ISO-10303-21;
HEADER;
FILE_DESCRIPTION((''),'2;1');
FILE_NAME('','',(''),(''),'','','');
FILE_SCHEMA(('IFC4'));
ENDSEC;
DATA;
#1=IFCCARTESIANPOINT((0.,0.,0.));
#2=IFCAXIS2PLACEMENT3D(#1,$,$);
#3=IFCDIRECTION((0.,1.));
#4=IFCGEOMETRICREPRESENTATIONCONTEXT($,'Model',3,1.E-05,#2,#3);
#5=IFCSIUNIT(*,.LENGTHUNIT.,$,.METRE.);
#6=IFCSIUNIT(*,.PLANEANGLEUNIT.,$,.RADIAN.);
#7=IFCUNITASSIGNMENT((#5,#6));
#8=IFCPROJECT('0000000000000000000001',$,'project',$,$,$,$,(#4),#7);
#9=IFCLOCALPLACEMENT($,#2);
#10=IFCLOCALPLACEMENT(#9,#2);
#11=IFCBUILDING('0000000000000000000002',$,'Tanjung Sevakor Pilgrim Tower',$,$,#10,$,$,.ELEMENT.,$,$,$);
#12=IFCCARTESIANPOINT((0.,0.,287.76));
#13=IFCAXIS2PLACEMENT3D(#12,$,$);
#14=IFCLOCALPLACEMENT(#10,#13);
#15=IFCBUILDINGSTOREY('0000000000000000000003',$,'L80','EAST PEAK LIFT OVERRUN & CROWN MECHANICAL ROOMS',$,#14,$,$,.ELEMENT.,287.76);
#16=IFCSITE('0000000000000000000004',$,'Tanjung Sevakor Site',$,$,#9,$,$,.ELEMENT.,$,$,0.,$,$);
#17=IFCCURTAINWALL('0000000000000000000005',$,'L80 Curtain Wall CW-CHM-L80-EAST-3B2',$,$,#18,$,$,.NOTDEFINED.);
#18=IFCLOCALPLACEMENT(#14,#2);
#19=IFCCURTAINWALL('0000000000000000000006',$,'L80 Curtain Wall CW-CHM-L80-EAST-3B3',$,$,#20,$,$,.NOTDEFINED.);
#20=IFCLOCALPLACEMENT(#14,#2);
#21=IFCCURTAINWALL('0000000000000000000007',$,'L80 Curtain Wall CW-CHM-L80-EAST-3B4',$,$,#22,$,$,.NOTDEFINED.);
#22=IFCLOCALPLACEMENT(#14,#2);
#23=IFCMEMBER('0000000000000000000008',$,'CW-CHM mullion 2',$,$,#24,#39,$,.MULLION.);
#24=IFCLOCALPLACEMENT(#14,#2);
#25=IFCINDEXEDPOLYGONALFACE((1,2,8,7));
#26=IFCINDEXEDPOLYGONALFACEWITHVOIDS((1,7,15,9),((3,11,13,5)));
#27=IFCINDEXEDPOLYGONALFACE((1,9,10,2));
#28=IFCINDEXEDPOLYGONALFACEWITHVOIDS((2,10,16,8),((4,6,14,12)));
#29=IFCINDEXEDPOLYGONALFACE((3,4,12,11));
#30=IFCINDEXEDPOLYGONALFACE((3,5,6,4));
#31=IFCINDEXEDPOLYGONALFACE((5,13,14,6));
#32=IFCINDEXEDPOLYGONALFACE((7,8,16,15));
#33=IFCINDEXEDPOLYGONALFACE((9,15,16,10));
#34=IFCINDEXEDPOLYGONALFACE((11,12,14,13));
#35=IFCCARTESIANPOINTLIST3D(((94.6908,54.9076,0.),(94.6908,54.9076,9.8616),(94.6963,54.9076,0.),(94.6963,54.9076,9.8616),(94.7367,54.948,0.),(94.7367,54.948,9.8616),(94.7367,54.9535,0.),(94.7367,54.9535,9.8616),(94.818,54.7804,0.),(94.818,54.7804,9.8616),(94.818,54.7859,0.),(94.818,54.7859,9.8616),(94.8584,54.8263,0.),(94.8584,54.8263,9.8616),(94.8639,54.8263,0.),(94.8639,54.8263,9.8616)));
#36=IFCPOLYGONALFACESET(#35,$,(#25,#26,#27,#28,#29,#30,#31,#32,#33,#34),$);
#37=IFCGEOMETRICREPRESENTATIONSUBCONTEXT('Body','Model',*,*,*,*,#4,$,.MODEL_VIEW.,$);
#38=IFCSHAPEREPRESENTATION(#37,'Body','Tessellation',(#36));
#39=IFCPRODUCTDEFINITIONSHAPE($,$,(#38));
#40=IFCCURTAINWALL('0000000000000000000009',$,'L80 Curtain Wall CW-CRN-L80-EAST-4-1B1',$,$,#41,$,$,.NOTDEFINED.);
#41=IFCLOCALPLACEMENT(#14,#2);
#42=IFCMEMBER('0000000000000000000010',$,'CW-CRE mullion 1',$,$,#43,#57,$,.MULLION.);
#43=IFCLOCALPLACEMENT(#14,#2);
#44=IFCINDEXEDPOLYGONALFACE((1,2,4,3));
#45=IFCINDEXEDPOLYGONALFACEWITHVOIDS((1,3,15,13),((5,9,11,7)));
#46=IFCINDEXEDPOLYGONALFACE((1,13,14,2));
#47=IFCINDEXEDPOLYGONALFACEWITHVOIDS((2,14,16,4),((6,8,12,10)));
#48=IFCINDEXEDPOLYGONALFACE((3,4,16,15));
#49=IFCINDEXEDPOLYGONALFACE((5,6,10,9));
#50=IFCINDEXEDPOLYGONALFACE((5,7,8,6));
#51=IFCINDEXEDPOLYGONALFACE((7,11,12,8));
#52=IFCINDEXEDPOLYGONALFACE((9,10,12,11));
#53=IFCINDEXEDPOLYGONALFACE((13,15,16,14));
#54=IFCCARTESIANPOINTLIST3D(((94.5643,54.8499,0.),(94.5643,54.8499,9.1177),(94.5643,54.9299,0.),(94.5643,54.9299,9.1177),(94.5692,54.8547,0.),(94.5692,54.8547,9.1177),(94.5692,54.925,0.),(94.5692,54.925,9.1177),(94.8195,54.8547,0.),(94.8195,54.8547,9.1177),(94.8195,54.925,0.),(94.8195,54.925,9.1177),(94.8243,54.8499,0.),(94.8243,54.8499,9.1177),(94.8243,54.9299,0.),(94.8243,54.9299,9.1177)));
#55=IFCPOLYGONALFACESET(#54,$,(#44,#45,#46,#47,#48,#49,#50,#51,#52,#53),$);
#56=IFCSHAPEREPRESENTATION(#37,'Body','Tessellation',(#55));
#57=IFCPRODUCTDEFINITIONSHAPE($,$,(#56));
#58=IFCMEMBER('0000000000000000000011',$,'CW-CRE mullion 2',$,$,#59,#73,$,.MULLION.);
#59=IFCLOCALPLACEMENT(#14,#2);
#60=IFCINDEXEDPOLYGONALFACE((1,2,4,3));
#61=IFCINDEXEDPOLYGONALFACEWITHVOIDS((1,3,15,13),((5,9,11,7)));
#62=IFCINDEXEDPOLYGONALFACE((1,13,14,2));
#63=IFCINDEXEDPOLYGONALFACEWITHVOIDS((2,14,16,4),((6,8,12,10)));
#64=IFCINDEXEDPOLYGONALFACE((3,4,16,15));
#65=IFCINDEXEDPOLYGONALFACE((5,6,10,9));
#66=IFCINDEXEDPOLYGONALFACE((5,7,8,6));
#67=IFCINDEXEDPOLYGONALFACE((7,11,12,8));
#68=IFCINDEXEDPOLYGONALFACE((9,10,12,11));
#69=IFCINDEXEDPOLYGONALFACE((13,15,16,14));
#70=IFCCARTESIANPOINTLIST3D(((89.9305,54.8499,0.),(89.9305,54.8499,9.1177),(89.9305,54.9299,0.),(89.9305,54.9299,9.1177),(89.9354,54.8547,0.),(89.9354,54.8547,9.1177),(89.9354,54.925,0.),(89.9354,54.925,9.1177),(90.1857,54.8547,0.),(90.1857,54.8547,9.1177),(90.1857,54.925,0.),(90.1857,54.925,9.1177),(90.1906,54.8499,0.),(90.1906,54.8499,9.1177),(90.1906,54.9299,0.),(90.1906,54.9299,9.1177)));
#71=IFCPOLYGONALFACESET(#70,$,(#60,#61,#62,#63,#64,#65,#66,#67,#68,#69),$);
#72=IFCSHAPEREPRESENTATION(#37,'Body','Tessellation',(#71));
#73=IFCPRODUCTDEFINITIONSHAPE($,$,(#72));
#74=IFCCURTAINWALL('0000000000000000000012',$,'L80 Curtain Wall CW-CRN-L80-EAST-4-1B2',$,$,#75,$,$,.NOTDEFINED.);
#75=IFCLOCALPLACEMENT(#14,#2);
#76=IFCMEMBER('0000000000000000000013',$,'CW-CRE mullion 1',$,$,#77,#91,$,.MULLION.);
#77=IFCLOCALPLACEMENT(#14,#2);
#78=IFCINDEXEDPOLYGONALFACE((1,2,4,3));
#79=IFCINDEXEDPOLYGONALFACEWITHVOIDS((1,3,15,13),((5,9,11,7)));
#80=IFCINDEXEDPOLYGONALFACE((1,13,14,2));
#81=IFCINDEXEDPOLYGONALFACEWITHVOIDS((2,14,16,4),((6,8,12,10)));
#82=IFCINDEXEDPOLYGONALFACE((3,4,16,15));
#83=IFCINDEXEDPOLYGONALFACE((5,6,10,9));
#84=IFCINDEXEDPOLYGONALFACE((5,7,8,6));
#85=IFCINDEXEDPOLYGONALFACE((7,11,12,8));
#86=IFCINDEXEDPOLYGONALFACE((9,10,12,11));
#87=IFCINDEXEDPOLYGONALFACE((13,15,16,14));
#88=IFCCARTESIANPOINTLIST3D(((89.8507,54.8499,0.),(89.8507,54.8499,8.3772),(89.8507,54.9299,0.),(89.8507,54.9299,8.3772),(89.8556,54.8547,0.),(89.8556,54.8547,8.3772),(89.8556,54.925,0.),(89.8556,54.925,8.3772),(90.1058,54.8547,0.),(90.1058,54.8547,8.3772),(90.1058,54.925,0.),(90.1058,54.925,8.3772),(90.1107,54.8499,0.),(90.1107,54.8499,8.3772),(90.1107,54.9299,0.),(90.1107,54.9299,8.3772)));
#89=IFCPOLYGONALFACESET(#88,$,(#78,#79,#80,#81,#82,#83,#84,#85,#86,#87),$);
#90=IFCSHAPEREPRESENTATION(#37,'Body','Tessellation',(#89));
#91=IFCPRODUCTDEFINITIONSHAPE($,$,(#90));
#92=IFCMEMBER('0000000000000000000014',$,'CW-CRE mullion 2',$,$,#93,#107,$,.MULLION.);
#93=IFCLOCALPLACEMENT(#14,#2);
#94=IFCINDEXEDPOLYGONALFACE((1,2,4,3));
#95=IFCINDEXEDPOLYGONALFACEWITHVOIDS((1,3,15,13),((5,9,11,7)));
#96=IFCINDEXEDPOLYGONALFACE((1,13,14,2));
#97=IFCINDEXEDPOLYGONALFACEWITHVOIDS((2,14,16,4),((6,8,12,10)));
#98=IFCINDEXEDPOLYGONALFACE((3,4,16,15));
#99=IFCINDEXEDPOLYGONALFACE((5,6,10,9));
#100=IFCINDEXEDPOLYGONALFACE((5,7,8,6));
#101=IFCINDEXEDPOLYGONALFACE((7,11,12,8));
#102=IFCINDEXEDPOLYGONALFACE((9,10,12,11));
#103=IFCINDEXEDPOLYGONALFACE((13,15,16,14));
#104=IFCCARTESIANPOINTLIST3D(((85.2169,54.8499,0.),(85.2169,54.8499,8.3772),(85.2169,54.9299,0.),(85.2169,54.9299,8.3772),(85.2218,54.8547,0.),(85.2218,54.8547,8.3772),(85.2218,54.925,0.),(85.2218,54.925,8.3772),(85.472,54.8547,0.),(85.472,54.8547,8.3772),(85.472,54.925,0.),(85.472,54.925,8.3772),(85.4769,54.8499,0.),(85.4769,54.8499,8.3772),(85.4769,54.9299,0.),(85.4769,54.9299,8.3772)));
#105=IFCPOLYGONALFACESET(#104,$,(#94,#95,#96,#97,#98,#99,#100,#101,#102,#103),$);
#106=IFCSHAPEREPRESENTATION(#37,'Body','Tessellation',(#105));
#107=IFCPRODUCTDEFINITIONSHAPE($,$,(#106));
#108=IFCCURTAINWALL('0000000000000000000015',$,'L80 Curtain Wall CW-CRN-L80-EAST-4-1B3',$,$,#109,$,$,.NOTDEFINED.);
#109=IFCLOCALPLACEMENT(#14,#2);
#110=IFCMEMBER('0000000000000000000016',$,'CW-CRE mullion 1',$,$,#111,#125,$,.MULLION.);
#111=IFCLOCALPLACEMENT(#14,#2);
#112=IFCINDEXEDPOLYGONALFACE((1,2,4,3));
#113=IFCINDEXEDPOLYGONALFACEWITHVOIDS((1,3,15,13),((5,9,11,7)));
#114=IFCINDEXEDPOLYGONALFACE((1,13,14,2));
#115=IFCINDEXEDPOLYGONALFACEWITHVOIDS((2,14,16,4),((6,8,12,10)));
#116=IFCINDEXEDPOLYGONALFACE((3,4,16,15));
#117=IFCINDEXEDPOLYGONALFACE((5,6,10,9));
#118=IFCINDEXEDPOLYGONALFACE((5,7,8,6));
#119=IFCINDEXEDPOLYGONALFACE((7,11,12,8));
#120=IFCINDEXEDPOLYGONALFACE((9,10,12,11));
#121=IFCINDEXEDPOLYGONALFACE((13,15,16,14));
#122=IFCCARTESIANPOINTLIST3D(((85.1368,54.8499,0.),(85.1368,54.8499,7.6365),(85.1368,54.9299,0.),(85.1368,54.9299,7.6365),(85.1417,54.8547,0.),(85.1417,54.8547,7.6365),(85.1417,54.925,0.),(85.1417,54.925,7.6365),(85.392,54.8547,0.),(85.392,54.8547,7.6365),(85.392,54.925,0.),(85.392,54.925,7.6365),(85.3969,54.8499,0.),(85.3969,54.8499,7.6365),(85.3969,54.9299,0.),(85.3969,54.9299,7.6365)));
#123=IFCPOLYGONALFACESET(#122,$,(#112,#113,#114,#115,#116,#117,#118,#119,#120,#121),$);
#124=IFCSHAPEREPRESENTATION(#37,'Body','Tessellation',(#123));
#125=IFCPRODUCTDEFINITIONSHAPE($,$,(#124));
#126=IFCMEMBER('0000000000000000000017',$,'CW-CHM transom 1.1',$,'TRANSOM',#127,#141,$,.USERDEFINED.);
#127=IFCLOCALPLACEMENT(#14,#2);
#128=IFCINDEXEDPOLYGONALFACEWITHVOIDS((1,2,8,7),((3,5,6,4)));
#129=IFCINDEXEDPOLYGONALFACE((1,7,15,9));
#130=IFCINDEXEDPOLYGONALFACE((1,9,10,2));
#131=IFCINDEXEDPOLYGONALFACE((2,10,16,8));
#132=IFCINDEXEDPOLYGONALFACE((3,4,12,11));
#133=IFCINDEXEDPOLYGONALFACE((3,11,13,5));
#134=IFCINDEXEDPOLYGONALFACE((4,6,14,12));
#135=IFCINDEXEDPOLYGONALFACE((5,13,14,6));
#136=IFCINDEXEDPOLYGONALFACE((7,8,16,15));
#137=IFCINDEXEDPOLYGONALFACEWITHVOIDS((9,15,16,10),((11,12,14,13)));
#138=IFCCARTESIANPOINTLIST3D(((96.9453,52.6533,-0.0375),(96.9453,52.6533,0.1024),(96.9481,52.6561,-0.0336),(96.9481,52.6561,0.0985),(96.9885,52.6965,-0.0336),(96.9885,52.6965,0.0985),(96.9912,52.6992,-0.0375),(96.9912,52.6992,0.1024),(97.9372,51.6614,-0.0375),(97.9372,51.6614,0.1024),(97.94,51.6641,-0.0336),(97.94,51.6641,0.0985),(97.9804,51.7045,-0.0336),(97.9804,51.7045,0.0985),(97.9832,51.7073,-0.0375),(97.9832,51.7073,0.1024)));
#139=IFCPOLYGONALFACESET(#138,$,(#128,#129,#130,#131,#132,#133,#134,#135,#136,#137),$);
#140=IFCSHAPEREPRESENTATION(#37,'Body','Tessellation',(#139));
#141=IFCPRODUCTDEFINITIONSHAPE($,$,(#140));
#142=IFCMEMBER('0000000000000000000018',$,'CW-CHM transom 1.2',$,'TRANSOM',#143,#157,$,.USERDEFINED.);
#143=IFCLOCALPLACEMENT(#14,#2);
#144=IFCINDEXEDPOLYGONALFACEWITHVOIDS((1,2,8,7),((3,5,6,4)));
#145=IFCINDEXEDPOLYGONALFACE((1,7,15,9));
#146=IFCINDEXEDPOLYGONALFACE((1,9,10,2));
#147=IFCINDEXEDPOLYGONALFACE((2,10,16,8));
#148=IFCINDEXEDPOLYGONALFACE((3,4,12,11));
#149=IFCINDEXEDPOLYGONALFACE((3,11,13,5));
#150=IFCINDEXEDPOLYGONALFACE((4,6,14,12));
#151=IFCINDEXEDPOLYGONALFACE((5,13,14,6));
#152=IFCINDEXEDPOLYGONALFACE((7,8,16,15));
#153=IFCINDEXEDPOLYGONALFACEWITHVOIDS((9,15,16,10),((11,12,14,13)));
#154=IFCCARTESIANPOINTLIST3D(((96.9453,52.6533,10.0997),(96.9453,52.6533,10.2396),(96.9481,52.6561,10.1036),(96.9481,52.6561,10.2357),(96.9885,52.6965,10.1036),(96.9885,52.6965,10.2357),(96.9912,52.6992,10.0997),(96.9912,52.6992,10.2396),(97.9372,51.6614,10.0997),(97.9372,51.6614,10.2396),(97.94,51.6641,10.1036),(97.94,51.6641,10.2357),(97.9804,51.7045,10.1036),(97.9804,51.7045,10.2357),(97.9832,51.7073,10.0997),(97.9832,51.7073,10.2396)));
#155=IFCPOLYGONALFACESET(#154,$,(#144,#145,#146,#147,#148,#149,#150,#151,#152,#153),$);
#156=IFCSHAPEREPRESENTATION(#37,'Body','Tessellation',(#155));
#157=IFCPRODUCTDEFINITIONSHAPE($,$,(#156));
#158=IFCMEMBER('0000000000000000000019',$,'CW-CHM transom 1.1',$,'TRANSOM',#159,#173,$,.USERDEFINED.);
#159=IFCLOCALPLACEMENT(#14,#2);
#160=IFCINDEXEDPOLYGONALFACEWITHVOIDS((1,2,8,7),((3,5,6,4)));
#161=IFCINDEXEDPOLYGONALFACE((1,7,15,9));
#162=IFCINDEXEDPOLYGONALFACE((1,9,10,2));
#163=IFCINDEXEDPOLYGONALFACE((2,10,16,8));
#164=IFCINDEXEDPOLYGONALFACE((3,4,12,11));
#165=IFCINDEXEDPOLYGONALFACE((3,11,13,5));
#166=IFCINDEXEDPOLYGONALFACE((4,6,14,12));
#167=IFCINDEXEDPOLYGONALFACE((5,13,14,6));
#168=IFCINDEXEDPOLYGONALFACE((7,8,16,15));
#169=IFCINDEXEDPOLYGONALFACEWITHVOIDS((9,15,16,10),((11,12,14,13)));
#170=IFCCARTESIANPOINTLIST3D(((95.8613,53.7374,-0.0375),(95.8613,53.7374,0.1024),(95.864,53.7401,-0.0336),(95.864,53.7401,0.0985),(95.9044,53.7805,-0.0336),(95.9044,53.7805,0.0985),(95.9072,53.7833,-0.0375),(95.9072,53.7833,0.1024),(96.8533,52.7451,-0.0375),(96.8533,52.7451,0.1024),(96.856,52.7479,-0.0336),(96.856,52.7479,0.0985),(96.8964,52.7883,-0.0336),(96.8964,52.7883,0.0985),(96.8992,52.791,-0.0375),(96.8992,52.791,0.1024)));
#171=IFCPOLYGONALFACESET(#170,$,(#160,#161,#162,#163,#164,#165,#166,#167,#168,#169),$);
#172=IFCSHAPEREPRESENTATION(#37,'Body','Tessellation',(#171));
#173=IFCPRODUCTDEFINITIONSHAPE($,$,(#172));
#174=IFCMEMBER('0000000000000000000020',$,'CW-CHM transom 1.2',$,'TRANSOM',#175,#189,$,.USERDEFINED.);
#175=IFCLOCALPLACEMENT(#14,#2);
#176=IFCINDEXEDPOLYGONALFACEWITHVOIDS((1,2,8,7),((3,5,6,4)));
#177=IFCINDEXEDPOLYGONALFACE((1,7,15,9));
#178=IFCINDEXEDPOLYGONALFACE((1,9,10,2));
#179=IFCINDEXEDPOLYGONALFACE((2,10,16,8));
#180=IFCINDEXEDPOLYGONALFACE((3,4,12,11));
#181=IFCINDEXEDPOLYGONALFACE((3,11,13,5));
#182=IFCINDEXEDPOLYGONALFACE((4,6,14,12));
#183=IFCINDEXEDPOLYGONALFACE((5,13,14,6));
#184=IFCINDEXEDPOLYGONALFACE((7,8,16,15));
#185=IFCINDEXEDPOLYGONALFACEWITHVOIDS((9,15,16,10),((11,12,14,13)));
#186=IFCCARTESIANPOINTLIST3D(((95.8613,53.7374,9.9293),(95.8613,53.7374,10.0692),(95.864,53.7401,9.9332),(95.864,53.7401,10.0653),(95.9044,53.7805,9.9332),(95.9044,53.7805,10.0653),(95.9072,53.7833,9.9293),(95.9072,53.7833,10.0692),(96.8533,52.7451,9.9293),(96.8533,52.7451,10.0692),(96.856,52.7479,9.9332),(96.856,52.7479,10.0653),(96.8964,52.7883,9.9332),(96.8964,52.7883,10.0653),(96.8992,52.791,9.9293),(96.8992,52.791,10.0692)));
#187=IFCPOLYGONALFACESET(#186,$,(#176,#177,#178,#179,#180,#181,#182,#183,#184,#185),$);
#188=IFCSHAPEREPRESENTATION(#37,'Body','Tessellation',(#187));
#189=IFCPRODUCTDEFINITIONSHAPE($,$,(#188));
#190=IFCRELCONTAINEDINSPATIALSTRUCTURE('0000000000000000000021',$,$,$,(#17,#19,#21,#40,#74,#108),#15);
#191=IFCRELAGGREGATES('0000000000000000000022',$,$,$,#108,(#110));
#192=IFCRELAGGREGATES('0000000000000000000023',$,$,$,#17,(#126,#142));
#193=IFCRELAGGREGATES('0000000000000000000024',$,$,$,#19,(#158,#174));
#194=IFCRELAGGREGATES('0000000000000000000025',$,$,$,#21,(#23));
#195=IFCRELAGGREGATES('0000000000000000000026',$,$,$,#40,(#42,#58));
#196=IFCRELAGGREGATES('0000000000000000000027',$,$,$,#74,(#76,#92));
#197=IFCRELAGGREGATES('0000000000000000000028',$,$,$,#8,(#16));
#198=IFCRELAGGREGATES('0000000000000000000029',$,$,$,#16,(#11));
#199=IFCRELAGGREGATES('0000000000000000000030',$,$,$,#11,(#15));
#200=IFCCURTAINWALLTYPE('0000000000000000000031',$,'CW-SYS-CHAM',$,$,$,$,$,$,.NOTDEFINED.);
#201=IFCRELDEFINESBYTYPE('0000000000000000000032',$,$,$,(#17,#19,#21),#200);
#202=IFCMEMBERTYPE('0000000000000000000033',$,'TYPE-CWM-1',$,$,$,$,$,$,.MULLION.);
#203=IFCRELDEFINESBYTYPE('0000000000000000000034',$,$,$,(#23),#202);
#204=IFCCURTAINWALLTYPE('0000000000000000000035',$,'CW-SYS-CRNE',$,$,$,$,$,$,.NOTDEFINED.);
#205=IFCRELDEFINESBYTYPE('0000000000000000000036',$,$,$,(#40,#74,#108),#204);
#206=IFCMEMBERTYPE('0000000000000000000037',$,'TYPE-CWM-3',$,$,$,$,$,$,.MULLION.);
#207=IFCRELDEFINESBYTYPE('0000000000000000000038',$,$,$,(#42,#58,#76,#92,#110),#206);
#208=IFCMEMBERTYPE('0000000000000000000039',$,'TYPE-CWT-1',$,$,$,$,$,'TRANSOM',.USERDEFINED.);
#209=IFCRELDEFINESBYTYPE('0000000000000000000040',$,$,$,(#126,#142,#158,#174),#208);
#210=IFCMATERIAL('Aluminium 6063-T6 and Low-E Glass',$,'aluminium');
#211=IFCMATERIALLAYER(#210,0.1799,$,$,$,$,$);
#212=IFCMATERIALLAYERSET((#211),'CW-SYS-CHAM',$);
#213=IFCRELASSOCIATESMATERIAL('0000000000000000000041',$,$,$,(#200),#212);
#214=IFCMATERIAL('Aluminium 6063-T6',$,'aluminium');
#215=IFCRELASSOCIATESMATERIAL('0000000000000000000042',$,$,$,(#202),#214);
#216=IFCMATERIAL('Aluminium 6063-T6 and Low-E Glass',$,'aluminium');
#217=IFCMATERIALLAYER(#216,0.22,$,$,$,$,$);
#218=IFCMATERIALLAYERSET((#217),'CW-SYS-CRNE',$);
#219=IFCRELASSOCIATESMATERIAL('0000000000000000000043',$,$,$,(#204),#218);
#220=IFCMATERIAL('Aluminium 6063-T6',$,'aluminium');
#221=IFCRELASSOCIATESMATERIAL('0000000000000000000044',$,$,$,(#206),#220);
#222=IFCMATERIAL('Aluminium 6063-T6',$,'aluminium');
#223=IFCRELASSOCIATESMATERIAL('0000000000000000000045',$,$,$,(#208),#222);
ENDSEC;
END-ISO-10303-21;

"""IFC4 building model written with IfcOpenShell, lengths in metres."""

from ifc_helpers import new_model, si_unit, direction, frame, origin, origin_2d, place, context, subcontext, project, spatial, hollow_rectangle, extrude, material, layer, layer_set, material_profile, profile_set, type_object, element, aggregate, save


model = new_model("IFC4")

# Units and contexts
model_context = context("Model", 3, precision=1e-05, world=origin(), true_north=direction((0.0, 1.0)))
body_context = subcontext(model_context, "Body", "Model", "MODEL_VIEW")
ifc_project = project(units=[si_unit("LENGTHUNIT", "METRE"), si_unit("PLANEANGLEUNIT", "RADIAN")], contexts=[model_context])

# Site, building, storey
site_placement = place(None, origin())
site = spatial("IfcSite", under=ifc_project, at=site_placement, Name="Tanjung Sevakor Site", CompositionType="ELEMENT", RefElevation=0.0)
building_placement = place(site_placement, origin())
building = spatial("IfcBuilding", under=site, at=building_placement, Name="Tanjung Sevakor Pilgrim Tower", CompositionType="ELEMENT")
storey_placement = place(building_placement, frame((0.0, 0.0, 287.76)))
storey = spatial("IfcBuildingStorey", under=building, at=storey_placement, Name="L80", Description="EAST PEAK LIFT OVERRUN & CROWN MECHANICAL ROOMS", CompositionType="ELEMENT", Elevation=287.76)

# Curtain wall
ifc_material_1 = material(Name="Aluminium 6063-T6 and Low-E Glass", Category="aluminium")
ifc_layer_1 = layer(ifc_material_1, 0.1799)
ifc_layer_set_1 = layer_set([ifc_layer_1], Name="CW-SYS-CHAM")
curtain_wall_type_1 = type_object("IfcCurtainWallType", Name="CW-SYS-CHAM", PredefinedType="NOTDEFINED", material=ifc_layer_set_1)
curtain_wall_1_placement = place(storey_placement, origin())
curtain_wall_1 = element("IfcCurtainWall", 1, at=curtain_wall_1_placement, inside=storey, type_object=curtain_wall_type_1, Name="L80 Curtain Wall CW-CHM-L80-EAST-3B2", PredefinedType="NOTDEFINED")
ifc_material_2 = material(Name="Aluminium 6063-T6", Category="aluminium")
ifc_material_profile_1 = material_profile(ifc_material_2, hollow_rectangle(XDim=0.0649, YDim=0.1799, WallThickness=0.0039, at=origin_2d()))
ifc_profile_set_1 = profile_set([ifc_material_profile_1], Name="Aluminium 6063-T6")
member_type_1 = type_object("IfcMemberType", Name="TYPE-CWM-1", PredefinedType="MULLION", material=ifc_profile_set_1)

# Curtain walls, members
curtain_wall_2_placement = place(storey_placement, origin())
curtain_wall_2 = element("IfcCurtainWall", 2, at=curtain_wall_2_placement, inside=storey, type_object=curtain_wall_type_1, Name="L80 Curtain Wall CW-CHM-L80-EAST-3B3", PredefinedType="NOTDEFINED")
curtain_wall_3_placement = place(storey_placement, origin())
curtain_wall_3 = element("IfcCurtainWall", 3, at=curtain_wall_3_placement, inside=storey, type_object=curtain_wall_type_1, Name="L80 Curtain Wall CW-CHM-L80-EAST-3B4", PredefinedType="NOTDEFINED")
member_1_placement = place(storey_placement, frame((94.7773, 54.8669, 0.0), z_axis=(0.0, 0.0, 1.0), x_axis=(-0.707107, -0.707107, 0.0)))
member_1 = element("IfcMember", 4, at=member_1_placement, type_object=member_type_1, Name="CW-CHM mullion 2", PredefinedType="MULLION", context=body_context, shape_type="SweptSolid", body=[
    extrude(hollow_rectangle(XDim=0.0649, YDim=0.1799, WallThickness=0.0039, at=origin_2d()), origin(), (0.0, 0.0, 1.0), 9.8616),
])
ifc_material_3 = material(Name="Aluminium 6063-T6 and Low-E Glass", Category="aluminium")
ifc_layer_2 = layer(ifc_material_3, 0.22)
ifc_layer_set_2 = layer_set([ifc_layer_2], Name="CW-SYS-CRNE")
curtain_wall_type_2 = type_object("IfcCurtainWallType", Name="CW-SYS-CRNE", PredefinedType="NOTDEFINED", material=ifc_layer_set_2)
curtain_wall_4_placement = place(storey_placement, origin())
curtain_wall_4 = element("IfcCurtainWall", 5, at=curtain_wall_4_placement, inside=storey, type_object=curtain_wall_type_2, Name="L80 Curtain Wall CW-CRN-L80-EAST-4-1B1", PredefinedType="NOTDEFINED")
ifc_material_4 = material(Name="Aluminium 6063-T6", Category="aluminium")
ifc_material_profile_2 = material_profile(ifc_material_4, hollow_rectangle(XDim=0.0801, YDim=0.26, WallThickness=0.0049, at=origin_2d()))
ifc_profile_set_2 = profile_set([ifc_material_profile_2], Name="Aluminium 6063-T6")
member_type_2 = type_object("IfcMemberType", Name="TYPE-CWM-3", PredefinedType="MULLION", material=ifc_profile_set_2)
member_2_placement = place(storey_placement, frame((94.6943, 54.8899, 0.0), z_axis=(0.0, 0.0, 1.0), x_axis=(0.0, -1.0, 0.0)))
member_2 = element("IfcMember", 6, at=member_2_placement, type_object=member_type_2, Name="CW-CRE mullion 1", PredefinedType="MULLION", context=body_context, shape_type="SweptSolid", body=[
    extrude(hollow_rectangle(XDim=0.0801, YDim=0.26, WallThickness=0.0049, at=origin_2d()), origin(), (0.0, 0.0, 1.0), 9.1177),
])
member_3_placement = place(storey_placement, frame((90.0605, 54.8899, 0.0), z_axis=(0.0, 0.0, 1.0), x_axis=(0.0, -1.0, 0.0)))
member_3 = element("IfcMember", 7, at=member_3_placement, type_object=member_type_2, Name="CW-CRE mullion 2", PredefinedType="MULLION", context=body_context, shape_type="SweptSolid", body=[
    extrude(hollow_rectangle(XDim=0.0801, YDim=0.26, WallThickness=0.0049, at=origin_2d()), origin(), (0.0, 0.0, 1.0), 9.1177),
])
curtain_wall_5_placement = place(storey_placement, origin())
curtain_wall_5 = element("IfcCurtainWall", 8, at=curtain_wall_5_placement, inside=storey, type_object=curtain_wall_type_2, Name="L80 Curtain Wall CW-CRN-L80-EAST-4-1B2", PredefinedType="NOTDEFINED")
member_4_placement = place(storey_placement, frame((89.9807, 54.8899, 0.0), z_axis=(0.0, 0.0, 1.0), x_axis=(0.0, -1.0, 0.0)))
member_4 = element("IfcMember", 9, at=member_4_placement, type_object=member_type_2, Name="CW-CRE mullion 1", PredefinedType="MULLION", context=body_context, shape_type="SweptSolid", body=[
    extrude(hollow_rectangle(XDim=0.0801, YDim=0.26, WallThickness=0.0049, at=origin_2d()), origin(), (0.0, 0.0, 1.0), 8.3772),
])
member_5_placement = place(storey_placement, frame((85.3469, 54.8899, 0.0), z_axis=(0.0, 0.0, 1.0), x_axis=(0.0, -1.0, 0.0)))
member_5 = element("IfcMember", 10, at=member_5_placement, type_object=member_type_2, Name="CW-CRE mullion 2", PredefinedType="MULLION", context=body_context, shape_type="SweptSolid", body=[
    extrude(hollow_rectangle(XDim=0.0801, YDim=0.26, WallThickness=0.0049, at=origin_2d()), origin(), (0.0, 0.0, 1.0), 8.3772),
])

# Curtain wall, member
curtain_wall_6_placement = place(storey_placement, origin())
curtain_wall_6 = element("IfcCurtainWall", 11, at=curtain_wall_6_placement, inside=storey, type_object=curtain_wall_type_2, Name="L80 Curtain Wall CW-CRN-L80-EAST-4-1B3", PredefinedType="NOTDEFINED")
member_6_placement = place(storey_placement, frame((85.2668, 54.8899, 0.0), z_axis=(0.0, 0.0, 1.0), x_axis=(0.0, -1.0, 0.0)))
member_6 = element("IfcMember", 12, at=member_6_placement, type_object=member_type_2, Name="CW-CRE mullion 1", PredefinedType="MULLION", context=body_context, shape_type="SweptSolid", body=[
    extrude(hollow_rectangle(XDim=0.0801, YDim=0.26, WallThickness=0.0049, at=origin_2d()), origin(), (0.0, 0.0, 1.0), 7.6365),
])

# Members
ifc_material_5 = material(Name="Aluminium 6063-T6", Category="aluminium")
ifc_material_profile_3 = material_profile(ifc_material_5, hollow_rectangle(XDim=0.0649, YDim=0.1399, WallThickness=0.0039, at=origin_2d()))
ifc_profile_set_3 = profile_set([ifc_material_profile_3], Name="Aluminium 6063-T6")
member_type_3 = type_object("IfcMemberType", Name="TYPE-CWT-1", ElementType="TRANSOM", PredefinedType="USERDEFINED", material=ifc_profile_set_3)
member_7_placement = place(storey_placement, frame((97.9602, 51.6843, 0.0325), z_axis=(-0.707107, 0.707107, 0.0), x_axis=(-0.707107, -0.707107, 0.0)))
member_7 = element("IfcMember", 13, at=member_7_placement, type_object=member_type_3, Name="CW-CHM transom 1.1", ObjectType="TRANSOM", PredefinedType="USERDEFINED", context=body_context, shape_type="SweptSolid", body=[
    extrude(hollow_rectangle(XDim=0.0649, YDim=0.1399, WallThickness=0.0039, at=origin_2d()), origin(), (0.0, 0.0, 1.0), 1.4028),
])
member_8_placement = place(storey_placement, frame((97.9602, 51.6843, 10.1697), z_axis=(-0.707107, 0.707107, 0.0), x_axis=(-0.707107, -0.707107, 0.0)))
member_8 = element("IfcMember", 14, at=member_8_placement, type_object=member_type_3, Name="CW-CHM transom 1.2", ObjectType="TRANSOM", PredefinedType="USERDEFINED", context=body_context, shape_type="SweptSolid", body=[
    extrude(hollow_rectangle(XDim=0.0649, YDim=0.1399, WallThickness=0.0039, at=origin_2d()), origin(), (0.0, 0.0, 1.0), 1.4028),
])
member_9_placement = place(storey_placement, frame((96.8762, 52.7681, 0.0325), z_axis=(-0.70702, 0.707194, 0.0), x_axis=(-0.707194, -0.70702, 0.0)))
member_9 = element("IfcMember", 15, at=member_9_placement, type_object=member_type_3, Name="CW-CHM transom 1.1", ObjectType="TRANSOM", PredefinedType="USERDEFINED", context=body_context, shape_type="SweptSolid", body=[
    extrude(hollow_rectangle(XDim=0.0649, YDim=0.1399, WallThickness=0.0039, at=origin_2d()), origin(), (0.0, 0.0, 1.0), 1.4031),
])
member_10_placement = place(storey_placement, frame((96.8762, 52.7681, 9.9993), z_axis=(-0.70702, 0.707194, 0.0), x_axis=(-0.707194, -0.70702, 0.0)))
member_10 = element("IfcMember", 16, at=member_10_placement, type_object=member_type_3, Name="CW-CHM transom 1.2", ObjectType="TRANSOM", PredefinedType="USERDEFINED", context=body_context, shape_type="SweptSolid", body=[
    extrude(hollow_rectangle(XDim=0.0649, YDim=0.1399, WallThickness=0.0039, at=origin_2d()), origin(), (0.0, 0.0, 1.0), 1.4031),
])
aggregate(curtain_wall_6, [member_6])

aggregate(curtain_wall_1, [member_7, member_8])
aggregate(curtain_wall_2, [member_9, member_10])
aggregate(curtain_wall_3, [member_1])
aggregate(curtain_wall_4, [member_2, member_3])
aggregate(curtain_wall_5, [member_4, member_5])

save(model, "model.ifc")
